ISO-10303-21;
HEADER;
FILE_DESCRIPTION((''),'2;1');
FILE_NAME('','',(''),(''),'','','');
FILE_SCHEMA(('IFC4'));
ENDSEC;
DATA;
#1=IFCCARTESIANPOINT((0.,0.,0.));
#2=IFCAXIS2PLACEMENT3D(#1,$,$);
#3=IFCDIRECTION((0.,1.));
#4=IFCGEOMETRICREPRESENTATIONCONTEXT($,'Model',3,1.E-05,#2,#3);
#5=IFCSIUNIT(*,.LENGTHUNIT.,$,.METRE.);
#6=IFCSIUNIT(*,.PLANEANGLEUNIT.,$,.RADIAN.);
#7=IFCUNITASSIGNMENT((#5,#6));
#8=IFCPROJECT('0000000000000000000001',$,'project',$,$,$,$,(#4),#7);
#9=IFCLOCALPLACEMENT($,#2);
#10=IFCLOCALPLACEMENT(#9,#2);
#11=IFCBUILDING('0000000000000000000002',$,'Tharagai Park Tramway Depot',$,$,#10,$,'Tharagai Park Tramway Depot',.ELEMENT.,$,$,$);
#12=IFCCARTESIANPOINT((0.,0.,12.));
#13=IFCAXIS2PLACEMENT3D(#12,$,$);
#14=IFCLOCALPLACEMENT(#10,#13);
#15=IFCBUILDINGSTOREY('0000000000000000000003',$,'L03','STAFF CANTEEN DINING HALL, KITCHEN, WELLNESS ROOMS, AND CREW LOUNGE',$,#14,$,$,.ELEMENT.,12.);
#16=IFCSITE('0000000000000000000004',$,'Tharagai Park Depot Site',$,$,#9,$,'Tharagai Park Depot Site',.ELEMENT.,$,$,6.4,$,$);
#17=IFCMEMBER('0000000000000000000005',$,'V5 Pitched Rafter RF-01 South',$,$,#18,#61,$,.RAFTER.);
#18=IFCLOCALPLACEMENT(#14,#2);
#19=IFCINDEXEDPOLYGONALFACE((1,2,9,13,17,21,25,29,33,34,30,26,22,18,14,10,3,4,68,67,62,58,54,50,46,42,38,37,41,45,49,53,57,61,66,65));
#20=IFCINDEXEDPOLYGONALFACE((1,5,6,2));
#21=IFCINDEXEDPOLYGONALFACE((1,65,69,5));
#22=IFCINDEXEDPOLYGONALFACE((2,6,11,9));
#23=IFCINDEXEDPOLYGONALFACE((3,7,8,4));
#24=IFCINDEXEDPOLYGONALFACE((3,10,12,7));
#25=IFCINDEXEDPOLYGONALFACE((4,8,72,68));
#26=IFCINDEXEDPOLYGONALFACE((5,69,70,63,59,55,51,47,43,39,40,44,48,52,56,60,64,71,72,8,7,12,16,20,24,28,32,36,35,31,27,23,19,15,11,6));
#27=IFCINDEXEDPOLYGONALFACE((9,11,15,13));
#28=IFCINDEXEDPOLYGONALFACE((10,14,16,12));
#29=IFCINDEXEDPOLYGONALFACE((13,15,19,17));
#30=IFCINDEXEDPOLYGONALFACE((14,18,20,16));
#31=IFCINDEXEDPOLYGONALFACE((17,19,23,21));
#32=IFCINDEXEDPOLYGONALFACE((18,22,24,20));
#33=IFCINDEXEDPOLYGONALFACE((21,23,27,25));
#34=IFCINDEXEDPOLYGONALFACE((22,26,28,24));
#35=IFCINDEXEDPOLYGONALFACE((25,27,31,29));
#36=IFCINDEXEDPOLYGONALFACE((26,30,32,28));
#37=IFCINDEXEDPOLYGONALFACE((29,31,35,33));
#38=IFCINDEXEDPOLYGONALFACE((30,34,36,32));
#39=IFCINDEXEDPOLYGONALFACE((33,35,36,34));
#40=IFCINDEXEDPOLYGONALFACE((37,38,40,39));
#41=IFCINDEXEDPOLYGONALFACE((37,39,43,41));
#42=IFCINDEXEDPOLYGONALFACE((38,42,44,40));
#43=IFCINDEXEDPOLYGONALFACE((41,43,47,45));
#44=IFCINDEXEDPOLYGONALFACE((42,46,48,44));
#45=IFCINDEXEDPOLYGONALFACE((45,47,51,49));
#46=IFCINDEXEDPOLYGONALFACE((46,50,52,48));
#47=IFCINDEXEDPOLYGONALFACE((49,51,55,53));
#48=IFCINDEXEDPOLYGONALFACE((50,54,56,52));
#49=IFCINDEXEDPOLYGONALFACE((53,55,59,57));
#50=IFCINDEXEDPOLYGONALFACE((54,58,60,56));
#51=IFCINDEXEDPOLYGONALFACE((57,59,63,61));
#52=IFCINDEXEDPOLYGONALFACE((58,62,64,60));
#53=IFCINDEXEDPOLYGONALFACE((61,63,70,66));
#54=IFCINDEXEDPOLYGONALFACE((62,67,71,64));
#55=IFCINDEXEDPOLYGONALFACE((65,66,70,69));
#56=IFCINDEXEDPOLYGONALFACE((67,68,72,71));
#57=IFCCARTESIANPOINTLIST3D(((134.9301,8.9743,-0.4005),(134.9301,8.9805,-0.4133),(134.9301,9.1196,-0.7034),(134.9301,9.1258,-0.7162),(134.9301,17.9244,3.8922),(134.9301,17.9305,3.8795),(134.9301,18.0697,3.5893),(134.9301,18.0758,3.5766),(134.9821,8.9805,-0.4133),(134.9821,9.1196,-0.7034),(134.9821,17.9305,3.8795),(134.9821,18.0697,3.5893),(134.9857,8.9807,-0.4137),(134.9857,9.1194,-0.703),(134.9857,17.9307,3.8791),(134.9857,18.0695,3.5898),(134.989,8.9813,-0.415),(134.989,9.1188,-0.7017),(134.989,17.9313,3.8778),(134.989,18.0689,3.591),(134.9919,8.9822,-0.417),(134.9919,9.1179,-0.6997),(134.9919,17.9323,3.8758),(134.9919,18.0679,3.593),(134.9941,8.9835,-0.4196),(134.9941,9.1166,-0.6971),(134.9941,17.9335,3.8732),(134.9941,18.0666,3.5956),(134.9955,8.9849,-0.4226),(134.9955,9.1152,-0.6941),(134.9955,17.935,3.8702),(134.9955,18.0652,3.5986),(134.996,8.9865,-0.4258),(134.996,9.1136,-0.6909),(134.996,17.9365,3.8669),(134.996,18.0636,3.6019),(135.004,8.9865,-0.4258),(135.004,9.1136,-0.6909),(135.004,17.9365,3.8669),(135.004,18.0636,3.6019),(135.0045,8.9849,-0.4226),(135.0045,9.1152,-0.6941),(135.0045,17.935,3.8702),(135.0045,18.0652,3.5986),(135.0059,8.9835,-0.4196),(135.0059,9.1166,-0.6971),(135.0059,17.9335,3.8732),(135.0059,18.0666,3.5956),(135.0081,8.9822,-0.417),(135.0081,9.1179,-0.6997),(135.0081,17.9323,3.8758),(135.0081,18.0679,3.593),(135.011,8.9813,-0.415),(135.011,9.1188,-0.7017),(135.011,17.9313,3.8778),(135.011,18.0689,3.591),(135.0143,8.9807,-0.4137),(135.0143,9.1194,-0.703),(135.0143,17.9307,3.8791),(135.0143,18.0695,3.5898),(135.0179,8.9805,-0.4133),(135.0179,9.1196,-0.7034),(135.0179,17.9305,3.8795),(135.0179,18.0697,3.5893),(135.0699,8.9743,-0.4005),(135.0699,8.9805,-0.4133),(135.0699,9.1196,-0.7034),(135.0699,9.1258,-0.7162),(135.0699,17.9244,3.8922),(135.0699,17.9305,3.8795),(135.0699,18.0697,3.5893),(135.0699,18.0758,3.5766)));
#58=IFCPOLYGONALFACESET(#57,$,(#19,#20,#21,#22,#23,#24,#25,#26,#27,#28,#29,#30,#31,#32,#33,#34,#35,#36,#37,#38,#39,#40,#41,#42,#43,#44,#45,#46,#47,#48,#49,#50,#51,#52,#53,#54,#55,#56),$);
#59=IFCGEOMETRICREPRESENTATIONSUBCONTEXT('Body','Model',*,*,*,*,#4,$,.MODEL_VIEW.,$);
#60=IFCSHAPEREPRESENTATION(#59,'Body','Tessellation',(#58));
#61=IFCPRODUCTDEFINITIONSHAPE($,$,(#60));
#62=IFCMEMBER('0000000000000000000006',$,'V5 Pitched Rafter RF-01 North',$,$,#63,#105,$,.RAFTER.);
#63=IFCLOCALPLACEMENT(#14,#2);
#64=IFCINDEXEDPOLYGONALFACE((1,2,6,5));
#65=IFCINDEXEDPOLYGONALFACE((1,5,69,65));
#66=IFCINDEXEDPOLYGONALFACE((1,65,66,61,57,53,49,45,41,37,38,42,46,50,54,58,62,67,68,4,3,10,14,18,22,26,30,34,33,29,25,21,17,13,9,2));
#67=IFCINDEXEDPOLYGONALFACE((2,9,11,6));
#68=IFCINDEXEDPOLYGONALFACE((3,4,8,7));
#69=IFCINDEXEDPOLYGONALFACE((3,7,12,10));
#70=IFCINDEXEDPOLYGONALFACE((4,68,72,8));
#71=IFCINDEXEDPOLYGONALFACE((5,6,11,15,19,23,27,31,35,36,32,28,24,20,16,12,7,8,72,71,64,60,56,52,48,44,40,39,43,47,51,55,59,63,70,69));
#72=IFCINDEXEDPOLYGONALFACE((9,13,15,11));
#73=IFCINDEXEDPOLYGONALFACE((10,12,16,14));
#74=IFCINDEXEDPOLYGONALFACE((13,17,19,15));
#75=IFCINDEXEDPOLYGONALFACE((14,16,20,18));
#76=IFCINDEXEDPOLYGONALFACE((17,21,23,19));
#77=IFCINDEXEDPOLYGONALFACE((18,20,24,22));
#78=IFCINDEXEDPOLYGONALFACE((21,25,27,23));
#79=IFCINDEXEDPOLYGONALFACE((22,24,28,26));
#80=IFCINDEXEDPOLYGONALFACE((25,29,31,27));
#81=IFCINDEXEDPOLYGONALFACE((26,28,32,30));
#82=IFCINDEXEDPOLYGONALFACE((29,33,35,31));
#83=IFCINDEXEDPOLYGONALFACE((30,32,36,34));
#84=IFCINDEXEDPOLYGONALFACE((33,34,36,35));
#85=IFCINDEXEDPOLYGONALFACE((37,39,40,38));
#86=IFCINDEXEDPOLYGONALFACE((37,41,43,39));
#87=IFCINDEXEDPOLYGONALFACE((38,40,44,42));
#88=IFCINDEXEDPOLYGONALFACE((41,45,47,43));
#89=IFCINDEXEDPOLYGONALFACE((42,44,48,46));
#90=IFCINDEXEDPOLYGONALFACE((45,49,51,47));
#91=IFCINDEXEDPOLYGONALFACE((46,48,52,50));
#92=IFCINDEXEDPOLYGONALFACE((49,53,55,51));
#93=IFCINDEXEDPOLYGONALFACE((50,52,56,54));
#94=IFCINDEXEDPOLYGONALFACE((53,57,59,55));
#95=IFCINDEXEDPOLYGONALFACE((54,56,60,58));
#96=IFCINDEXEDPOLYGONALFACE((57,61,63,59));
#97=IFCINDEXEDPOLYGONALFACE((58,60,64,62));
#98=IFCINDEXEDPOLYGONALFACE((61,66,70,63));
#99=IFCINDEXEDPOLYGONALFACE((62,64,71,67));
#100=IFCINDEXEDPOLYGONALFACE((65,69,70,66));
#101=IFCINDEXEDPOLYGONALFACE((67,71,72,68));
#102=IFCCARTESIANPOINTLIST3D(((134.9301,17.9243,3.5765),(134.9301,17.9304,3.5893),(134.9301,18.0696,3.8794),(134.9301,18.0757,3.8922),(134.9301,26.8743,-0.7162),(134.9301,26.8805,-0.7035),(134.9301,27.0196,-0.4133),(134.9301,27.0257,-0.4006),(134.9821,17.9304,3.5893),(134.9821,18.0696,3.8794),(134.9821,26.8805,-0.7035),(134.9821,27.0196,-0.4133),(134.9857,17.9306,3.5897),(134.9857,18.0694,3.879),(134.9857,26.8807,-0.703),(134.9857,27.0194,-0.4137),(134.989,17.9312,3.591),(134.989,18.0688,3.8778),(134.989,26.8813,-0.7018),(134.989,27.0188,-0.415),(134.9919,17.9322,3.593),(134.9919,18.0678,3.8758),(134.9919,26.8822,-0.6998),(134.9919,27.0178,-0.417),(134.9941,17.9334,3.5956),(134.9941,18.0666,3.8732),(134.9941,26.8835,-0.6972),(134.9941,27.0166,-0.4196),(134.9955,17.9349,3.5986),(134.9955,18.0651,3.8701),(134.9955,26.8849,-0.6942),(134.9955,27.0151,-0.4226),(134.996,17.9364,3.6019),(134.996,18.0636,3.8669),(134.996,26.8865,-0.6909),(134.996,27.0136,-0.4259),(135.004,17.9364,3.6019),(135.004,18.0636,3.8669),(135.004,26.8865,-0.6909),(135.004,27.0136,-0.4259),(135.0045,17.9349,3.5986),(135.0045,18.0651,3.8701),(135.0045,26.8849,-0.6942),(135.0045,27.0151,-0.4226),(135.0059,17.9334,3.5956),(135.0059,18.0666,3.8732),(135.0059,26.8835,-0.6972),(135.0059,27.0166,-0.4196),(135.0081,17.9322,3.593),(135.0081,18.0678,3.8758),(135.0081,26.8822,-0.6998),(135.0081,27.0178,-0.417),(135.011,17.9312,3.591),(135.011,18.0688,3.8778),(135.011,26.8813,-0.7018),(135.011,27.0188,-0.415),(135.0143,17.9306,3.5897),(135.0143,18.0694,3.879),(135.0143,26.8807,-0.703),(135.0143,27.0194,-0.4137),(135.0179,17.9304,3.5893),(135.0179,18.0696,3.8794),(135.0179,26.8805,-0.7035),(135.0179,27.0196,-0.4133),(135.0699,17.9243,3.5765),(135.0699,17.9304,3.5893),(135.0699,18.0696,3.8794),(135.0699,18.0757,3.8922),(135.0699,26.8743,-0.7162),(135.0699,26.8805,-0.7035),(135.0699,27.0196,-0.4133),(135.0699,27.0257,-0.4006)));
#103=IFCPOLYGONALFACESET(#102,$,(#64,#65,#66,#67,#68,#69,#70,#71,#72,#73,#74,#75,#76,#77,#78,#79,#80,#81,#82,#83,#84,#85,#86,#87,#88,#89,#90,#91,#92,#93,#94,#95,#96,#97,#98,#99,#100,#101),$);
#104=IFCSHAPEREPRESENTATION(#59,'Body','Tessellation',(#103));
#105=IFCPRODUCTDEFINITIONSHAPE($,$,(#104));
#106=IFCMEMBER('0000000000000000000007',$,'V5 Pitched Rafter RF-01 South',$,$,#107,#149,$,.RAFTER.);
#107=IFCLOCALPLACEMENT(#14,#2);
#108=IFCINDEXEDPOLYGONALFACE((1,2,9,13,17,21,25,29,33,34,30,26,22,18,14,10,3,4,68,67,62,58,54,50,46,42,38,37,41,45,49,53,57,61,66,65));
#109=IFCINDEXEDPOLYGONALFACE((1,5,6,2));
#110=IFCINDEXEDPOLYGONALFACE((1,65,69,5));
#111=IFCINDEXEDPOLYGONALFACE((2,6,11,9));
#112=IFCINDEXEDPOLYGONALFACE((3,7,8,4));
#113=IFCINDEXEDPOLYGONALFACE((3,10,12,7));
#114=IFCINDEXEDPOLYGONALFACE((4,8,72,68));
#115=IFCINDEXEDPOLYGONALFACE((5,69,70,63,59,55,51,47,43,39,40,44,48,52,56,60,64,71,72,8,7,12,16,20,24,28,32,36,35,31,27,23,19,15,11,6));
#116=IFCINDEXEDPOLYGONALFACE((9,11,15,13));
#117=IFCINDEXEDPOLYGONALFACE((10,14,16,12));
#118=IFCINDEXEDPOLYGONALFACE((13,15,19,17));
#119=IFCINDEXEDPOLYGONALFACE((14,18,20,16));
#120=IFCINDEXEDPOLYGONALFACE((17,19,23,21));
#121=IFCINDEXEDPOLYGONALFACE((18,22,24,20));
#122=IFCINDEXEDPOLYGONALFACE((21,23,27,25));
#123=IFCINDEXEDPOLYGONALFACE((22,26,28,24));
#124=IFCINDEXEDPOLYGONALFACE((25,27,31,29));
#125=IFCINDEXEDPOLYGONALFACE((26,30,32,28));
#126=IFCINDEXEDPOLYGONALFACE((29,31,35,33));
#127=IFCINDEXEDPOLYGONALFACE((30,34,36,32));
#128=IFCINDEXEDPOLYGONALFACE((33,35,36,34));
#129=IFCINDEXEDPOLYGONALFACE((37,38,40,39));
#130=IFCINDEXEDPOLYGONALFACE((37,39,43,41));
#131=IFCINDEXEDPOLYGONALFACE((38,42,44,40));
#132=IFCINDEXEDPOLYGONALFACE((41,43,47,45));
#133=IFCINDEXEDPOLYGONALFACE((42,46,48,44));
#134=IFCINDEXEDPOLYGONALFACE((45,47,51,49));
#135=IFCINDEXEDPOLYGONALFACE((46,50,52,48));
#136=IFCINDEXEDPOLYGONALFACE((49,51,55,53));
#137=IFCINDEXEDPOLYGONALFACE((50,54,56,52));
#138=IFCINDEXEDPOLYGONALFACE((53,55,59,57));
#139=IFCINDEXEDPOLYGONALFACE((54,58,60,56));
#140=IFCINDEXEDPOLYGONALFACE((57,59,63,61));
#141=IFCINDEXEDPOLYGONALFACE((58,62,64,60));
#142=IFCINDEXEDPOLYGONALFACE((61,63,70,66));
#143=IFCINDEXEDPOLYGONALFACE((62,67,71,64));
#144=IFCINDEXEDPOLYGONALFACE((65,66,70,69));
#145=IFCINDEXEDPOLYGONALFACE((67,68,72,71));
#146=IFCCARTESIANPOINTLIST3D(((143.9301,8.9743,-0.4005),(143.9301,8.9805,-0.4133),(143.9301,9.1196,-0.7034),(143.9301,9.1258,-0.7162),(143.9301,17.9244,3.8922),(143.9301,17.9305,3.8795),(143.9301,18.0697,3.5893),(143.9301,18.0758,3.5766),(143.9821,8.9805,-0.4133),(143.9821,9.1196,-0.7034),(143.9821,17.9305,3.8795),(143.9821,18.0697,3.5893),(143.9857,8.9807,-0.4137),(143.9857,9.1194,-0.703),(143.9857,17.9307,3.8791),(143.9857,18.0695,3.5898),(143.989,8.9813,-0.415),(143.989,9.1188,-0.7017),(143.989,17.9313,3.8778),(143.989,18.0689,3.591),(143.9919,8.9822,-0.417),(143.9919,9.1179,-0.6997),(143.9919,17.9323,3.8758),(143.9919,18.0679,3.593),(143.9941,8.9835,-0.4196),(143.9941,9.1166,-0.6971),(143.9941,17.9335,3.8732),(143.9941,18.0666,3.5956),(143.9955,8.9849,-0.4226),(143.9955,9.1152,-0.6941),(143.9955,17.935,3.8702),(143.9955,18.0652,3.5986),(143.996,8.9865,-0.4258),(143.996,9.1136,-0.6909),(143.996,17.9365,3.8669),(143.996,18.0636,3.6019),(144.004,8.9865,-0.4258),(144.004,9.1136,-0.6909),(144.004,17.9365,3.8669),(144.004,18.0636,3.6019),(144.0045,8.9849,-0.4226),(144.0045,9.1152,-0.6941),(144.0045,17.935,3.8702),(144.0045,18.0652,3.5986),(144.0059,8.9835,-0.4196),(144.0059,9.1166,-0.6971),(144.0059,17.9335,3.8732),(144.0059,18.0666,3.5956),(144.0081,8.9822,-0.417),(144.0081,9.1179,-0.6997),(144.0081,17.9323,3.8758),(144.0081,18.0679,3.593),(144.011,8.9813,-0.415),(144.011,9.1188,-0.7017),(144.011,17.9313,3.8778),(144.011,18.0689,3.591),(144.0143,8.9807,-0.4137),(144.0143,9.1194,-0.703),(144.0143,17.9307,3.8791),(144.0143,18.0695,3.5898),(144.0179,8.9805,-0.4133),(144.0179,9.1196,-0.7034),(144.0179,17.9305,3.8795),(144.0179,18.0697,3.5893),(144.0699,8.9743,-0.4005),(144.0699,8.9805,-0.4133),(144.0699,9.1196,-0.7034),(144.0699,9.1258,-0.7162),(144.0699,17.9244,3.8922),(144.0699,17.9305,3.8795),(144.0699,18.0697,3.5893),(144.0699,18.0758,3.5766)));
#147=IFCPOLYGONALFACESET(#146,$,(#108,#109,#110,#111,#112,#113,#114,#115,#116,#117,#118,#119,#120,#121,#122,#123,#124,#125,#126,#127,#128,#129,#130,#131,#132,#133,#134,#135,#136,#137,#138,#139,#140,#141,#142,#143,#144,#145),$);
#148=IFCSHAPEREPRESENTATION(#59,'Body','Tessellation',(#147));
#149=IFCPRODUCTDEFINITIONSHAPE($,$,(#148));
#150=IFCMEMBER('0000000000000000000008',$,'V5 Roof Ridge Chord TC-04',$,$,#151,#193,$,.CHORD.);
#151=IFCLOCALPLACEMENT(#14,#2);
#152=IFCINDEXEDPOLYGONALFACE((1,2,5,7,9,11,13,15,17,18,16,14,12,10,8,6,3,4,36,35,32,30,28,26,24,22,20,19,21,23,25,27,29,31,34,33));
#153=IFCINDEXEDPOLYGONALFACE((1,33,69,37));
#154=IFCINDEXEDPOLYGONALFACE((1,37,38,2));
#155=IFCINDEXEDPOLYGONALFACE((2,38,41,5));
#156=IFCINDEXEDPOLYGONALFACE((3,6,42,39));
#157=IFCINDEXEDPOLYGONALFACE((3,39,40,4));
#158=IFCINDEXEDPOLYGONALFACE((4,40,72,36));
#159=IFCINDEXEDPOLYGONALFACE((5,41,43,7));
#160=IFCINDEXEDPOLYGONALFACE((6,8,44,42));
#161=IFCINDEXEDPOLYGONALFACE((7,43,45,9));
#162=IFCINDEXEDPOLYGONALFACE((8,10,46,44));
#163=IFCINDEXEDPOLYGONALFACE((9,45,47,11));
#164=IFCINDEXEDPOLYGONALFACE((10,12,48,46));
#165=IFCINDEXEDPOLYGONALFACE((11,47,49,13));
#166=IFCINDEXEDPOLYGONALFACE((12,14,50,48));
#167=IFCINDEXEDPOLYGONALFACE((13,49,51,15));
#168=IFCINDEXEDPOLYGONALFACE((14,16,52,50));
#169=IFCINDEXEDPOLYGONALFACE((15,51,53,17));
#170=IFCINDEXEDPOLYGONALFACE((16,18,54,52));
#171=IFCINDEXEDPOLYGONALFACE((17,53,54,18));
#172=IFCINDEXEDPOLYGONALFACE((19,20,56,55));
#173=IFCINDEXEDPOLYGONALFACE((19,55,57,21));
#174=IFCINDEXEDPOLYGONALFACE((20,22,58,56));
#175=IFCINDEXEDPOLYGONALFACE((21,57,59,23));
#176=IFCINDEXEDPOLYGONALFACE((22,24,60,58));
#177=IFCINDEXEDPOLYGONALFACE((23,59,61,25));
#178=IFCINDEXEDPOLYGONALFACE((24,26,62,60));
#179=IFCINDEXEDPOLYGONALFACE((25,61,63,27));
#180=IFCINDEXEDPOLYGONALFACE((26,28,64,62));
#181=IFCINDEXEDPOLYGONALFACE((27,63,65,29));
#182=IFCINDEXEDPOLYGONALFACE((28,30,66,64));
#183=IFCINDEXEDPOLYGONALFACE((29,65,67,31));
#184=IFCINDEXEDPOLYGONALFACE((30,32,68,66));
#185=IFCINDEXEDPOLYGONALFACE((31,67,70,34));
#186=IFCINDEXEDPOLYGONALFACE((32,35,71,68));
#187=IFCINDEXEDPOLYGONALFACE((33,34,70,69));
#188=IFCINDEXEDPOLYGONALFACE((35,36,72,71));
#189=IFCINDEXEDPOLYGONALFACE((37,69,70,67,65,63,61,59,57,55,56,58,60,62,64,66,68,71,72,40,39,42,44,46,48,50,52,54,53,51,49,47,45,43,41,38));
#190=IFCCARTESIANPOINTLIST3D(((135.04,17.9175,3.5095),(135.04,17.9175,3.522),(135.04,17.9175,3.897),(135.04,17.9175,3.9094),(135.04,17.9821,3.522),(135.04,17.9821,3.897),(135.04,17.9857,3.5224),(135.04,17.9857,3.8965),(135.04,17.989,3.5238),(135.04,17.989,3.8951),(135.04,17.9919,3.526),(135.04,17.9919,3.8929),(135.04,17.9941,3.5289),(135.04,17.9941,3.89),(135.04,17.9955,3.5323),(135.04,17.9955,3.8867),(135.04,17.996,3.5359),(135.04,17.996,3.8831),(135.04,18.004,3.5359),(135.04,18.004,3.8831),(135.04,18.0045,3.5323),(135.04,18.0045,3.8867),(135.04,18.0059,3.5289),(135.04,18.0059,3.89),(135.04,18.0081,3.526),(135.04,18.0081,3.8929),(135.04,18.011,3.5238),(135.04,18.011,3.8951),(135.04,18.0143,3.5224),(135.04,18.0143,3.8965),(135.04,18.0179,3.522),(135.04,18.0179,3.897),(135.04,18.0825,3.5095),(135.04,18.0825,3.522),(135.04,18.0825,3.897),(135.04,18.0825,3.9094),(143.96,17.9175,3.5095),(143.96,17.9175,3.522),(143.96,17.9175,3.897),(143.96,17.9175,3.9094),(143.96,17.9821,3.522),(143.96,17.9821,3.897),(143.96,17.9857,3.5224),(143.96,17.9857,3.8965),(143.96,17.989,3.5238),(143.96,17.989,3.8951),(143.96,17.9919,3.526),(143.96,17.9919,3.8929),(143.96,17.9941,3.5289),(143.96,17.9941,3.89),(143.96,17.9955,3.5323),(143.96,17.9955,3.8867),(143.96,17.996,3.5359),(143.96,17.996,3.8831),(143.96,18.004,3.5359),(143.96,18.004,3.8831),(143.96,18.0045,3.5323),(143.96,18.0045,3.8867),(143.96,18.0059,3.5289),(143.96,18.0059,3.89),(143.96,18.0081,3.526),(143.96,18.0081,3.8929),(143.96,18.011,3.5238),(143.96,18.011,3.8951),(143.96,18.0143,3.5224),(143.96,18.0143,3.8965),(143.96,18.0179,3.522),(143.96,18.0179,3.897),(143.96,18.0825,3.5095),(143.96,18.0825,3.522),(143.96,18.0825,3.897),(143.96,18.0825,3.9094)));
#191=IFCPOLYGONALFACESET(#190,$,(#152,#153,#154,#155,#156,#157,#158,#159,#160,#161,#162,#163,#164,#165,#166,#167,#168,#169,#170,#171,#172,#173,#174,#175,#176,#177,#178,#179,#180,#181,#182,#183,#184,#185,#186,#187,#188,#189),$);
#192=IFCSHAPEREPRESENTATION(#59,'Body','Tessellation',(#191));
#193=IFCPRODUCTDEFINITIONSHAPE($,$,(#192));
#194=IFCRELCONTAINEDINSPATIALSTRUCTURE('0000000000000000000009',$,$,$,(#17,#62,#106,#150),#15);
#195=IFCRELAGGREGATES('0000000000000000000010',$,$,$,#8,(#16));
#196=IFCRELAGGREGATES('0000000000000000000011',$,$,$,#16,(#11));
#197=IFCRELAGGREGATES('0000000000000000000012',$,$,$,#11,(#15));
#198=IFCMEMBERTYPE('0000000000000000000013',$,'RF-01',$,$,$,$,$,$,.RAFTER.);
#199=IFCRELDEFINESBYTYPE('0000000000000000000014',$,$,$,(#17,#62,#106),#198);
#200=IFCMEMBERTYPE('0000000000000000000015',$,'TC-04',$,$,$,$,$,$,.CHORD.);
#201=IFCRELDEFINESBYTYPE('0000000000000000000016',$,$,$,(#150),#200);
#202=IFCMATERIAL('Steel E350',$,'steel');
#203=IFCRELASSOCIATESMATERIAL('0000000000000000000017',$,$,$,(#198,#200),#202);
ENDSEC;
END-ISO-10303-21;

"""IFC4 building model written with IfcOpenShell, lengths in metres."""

from ifc_helpers import new_model, si_unit, direction, frame, origin, origin_2d, place, context, subcontext, project, spatial, i_section, extrude, material, material_profile, profile_set, type_object, element, save


model = new_model("IFC4")

# Units and contexts
model_context = context("Model", 3, precision=1e-05, world=origin(), true_north=direction((0.0, 1.0)))
body_context = subcontext(model_context, "Body", "Model", "MODEL_VIEW")
ifc_project = project(units=[si_unit("LENGTHUNIT", "METRE"), si_unit("PLANEANGLEUNIT", "RADIAN")], contexts=[model_context])

# Site, building, storey
site_placement = place(None, origin())
site = spatial("IfcSite", under=ifc_project, at=site_placement, Name="Tharagai Park Depot Site", LongName="Tharagai Park Depot Site", CompositionType="ELEMENT", RefElevation=6.4)
building_placement = place(site_placement, origin())
building = spatial("IfcBuilding", under=site, at=building_placement, Name="Tharagai Park Tramway Depot", LongName="Tharagai Park Tramway Depot", CompositionType="ELEMENT")
storey_placement = place(building_placement, frame((0.0, 0.0, 12.0)))
storey = spatial("IfcBuildingStorey", under=building, at=storey_placement, Name="L03", Description="STAFF CANTEEN DINING HALL, KITCHEN, WELLNESS ROOMS, AND CREW LOUNGE", CompositionType="ELEMENT", Elevation=12.0)

# Shared definitions
ifc_material_1 = material(Name="Steel E350", Category="steel")

# Members
ifc_material_profile_1 = material_profile(ifc_material_1, i_section(OverallWidth=0.1399, OverallDepth=0.3501, WebThickness=0.0081, FlangeThickness=0.0142, FilletRadius=0.0139, at=origin_2d()), Name="ISMB 350")
ifc_profile_set_1 = profile_set([ifc_material_profile_1], Name="Steel E350")
member_type_1 = type_object("IfcMemberType", Name="RF-01", PredefinedType="RAFTER", material=ifc_profile_set_1)
for number, where, z_axis, x_axis, name in (
    (1, (135.0, 9.05, -0.5583), (0.0, 0.901651, 0.432465), (-1.0, 0.0, 0.0), "V5 Pitched Rafter RF-01 South"),
    (2, (135.0, 18.0, 3.7344), (0.0, 0.901651, -0.432465), (-1.0, 0.0, 0.0), "V5 Pitched Rafter RF-01 North"),
    (3, (144.0, 9.05, -0.5583), (0.0, 0.901651, 0.432465), (-1.0, 0.0, 0.0), "V5 Pitched Rafter RF-01 South"),
):
    element("IfcMember", number, at=place(storey_placement, frame(where, z_axis=z_axis, x_axis=x_axis)), inside=storey, type_object=member_type_1, Name=name, PredefinedType="RAFTER", context=body_context, shape_type="SweptSolid", body=[
        extrude(i_section(OverallWidth=0.1399, OverallDepth=0.3501, WebThickness=0.0081, FlangeThickness=0.0142, FilletRadius=0.0139, at=origin_2d()), origin(), (0.0, 0.0, 1.0), 9.9263),
    ])
ifc_material_profile_2 = material_profile(ifc_material_1, i_section(OverallWidth=0.165, OverallDepth=0.3999, WebThickness=0.0081, FlangeThickness=0.0125, FilletRadius=0.0139, at=origin_2d()), Name="ISLB 400")
ifc_profile_set_2 = profile_set([ifc_material_profile_2], Name="Steel E350")
member_type_2 = type_object("IfcMemberType", Name="TC-04", PredefinedType="CHORD", material=ifc_profile_set_2)
member_1_placement = place(storey_placement, frame((135.04, 18.0, 3.7095), z_axis=(1.0, 0.0, 0.0), x_axis=(0.0, 1.0, 0.0)))
element("IfcMember", 4, at=member_1_placement, inside=storey, type_object=member_type_2, Name="V5 Roof Ridge Chord TC-04", PredefinedType="CHORD", context=body_context, shape_type="SweptSolid", body=[
    extrude(i_section(OverallWidth=0.165, OverallDepth=0.3999, WebThickness=0.0081, FlangeThickness=0.0125, FilletRadius=0.0139, at=origin_2d()), origin(), (0.0, 0.0, 1.0), 8.9199),
])

save(model, "model.ifc")
